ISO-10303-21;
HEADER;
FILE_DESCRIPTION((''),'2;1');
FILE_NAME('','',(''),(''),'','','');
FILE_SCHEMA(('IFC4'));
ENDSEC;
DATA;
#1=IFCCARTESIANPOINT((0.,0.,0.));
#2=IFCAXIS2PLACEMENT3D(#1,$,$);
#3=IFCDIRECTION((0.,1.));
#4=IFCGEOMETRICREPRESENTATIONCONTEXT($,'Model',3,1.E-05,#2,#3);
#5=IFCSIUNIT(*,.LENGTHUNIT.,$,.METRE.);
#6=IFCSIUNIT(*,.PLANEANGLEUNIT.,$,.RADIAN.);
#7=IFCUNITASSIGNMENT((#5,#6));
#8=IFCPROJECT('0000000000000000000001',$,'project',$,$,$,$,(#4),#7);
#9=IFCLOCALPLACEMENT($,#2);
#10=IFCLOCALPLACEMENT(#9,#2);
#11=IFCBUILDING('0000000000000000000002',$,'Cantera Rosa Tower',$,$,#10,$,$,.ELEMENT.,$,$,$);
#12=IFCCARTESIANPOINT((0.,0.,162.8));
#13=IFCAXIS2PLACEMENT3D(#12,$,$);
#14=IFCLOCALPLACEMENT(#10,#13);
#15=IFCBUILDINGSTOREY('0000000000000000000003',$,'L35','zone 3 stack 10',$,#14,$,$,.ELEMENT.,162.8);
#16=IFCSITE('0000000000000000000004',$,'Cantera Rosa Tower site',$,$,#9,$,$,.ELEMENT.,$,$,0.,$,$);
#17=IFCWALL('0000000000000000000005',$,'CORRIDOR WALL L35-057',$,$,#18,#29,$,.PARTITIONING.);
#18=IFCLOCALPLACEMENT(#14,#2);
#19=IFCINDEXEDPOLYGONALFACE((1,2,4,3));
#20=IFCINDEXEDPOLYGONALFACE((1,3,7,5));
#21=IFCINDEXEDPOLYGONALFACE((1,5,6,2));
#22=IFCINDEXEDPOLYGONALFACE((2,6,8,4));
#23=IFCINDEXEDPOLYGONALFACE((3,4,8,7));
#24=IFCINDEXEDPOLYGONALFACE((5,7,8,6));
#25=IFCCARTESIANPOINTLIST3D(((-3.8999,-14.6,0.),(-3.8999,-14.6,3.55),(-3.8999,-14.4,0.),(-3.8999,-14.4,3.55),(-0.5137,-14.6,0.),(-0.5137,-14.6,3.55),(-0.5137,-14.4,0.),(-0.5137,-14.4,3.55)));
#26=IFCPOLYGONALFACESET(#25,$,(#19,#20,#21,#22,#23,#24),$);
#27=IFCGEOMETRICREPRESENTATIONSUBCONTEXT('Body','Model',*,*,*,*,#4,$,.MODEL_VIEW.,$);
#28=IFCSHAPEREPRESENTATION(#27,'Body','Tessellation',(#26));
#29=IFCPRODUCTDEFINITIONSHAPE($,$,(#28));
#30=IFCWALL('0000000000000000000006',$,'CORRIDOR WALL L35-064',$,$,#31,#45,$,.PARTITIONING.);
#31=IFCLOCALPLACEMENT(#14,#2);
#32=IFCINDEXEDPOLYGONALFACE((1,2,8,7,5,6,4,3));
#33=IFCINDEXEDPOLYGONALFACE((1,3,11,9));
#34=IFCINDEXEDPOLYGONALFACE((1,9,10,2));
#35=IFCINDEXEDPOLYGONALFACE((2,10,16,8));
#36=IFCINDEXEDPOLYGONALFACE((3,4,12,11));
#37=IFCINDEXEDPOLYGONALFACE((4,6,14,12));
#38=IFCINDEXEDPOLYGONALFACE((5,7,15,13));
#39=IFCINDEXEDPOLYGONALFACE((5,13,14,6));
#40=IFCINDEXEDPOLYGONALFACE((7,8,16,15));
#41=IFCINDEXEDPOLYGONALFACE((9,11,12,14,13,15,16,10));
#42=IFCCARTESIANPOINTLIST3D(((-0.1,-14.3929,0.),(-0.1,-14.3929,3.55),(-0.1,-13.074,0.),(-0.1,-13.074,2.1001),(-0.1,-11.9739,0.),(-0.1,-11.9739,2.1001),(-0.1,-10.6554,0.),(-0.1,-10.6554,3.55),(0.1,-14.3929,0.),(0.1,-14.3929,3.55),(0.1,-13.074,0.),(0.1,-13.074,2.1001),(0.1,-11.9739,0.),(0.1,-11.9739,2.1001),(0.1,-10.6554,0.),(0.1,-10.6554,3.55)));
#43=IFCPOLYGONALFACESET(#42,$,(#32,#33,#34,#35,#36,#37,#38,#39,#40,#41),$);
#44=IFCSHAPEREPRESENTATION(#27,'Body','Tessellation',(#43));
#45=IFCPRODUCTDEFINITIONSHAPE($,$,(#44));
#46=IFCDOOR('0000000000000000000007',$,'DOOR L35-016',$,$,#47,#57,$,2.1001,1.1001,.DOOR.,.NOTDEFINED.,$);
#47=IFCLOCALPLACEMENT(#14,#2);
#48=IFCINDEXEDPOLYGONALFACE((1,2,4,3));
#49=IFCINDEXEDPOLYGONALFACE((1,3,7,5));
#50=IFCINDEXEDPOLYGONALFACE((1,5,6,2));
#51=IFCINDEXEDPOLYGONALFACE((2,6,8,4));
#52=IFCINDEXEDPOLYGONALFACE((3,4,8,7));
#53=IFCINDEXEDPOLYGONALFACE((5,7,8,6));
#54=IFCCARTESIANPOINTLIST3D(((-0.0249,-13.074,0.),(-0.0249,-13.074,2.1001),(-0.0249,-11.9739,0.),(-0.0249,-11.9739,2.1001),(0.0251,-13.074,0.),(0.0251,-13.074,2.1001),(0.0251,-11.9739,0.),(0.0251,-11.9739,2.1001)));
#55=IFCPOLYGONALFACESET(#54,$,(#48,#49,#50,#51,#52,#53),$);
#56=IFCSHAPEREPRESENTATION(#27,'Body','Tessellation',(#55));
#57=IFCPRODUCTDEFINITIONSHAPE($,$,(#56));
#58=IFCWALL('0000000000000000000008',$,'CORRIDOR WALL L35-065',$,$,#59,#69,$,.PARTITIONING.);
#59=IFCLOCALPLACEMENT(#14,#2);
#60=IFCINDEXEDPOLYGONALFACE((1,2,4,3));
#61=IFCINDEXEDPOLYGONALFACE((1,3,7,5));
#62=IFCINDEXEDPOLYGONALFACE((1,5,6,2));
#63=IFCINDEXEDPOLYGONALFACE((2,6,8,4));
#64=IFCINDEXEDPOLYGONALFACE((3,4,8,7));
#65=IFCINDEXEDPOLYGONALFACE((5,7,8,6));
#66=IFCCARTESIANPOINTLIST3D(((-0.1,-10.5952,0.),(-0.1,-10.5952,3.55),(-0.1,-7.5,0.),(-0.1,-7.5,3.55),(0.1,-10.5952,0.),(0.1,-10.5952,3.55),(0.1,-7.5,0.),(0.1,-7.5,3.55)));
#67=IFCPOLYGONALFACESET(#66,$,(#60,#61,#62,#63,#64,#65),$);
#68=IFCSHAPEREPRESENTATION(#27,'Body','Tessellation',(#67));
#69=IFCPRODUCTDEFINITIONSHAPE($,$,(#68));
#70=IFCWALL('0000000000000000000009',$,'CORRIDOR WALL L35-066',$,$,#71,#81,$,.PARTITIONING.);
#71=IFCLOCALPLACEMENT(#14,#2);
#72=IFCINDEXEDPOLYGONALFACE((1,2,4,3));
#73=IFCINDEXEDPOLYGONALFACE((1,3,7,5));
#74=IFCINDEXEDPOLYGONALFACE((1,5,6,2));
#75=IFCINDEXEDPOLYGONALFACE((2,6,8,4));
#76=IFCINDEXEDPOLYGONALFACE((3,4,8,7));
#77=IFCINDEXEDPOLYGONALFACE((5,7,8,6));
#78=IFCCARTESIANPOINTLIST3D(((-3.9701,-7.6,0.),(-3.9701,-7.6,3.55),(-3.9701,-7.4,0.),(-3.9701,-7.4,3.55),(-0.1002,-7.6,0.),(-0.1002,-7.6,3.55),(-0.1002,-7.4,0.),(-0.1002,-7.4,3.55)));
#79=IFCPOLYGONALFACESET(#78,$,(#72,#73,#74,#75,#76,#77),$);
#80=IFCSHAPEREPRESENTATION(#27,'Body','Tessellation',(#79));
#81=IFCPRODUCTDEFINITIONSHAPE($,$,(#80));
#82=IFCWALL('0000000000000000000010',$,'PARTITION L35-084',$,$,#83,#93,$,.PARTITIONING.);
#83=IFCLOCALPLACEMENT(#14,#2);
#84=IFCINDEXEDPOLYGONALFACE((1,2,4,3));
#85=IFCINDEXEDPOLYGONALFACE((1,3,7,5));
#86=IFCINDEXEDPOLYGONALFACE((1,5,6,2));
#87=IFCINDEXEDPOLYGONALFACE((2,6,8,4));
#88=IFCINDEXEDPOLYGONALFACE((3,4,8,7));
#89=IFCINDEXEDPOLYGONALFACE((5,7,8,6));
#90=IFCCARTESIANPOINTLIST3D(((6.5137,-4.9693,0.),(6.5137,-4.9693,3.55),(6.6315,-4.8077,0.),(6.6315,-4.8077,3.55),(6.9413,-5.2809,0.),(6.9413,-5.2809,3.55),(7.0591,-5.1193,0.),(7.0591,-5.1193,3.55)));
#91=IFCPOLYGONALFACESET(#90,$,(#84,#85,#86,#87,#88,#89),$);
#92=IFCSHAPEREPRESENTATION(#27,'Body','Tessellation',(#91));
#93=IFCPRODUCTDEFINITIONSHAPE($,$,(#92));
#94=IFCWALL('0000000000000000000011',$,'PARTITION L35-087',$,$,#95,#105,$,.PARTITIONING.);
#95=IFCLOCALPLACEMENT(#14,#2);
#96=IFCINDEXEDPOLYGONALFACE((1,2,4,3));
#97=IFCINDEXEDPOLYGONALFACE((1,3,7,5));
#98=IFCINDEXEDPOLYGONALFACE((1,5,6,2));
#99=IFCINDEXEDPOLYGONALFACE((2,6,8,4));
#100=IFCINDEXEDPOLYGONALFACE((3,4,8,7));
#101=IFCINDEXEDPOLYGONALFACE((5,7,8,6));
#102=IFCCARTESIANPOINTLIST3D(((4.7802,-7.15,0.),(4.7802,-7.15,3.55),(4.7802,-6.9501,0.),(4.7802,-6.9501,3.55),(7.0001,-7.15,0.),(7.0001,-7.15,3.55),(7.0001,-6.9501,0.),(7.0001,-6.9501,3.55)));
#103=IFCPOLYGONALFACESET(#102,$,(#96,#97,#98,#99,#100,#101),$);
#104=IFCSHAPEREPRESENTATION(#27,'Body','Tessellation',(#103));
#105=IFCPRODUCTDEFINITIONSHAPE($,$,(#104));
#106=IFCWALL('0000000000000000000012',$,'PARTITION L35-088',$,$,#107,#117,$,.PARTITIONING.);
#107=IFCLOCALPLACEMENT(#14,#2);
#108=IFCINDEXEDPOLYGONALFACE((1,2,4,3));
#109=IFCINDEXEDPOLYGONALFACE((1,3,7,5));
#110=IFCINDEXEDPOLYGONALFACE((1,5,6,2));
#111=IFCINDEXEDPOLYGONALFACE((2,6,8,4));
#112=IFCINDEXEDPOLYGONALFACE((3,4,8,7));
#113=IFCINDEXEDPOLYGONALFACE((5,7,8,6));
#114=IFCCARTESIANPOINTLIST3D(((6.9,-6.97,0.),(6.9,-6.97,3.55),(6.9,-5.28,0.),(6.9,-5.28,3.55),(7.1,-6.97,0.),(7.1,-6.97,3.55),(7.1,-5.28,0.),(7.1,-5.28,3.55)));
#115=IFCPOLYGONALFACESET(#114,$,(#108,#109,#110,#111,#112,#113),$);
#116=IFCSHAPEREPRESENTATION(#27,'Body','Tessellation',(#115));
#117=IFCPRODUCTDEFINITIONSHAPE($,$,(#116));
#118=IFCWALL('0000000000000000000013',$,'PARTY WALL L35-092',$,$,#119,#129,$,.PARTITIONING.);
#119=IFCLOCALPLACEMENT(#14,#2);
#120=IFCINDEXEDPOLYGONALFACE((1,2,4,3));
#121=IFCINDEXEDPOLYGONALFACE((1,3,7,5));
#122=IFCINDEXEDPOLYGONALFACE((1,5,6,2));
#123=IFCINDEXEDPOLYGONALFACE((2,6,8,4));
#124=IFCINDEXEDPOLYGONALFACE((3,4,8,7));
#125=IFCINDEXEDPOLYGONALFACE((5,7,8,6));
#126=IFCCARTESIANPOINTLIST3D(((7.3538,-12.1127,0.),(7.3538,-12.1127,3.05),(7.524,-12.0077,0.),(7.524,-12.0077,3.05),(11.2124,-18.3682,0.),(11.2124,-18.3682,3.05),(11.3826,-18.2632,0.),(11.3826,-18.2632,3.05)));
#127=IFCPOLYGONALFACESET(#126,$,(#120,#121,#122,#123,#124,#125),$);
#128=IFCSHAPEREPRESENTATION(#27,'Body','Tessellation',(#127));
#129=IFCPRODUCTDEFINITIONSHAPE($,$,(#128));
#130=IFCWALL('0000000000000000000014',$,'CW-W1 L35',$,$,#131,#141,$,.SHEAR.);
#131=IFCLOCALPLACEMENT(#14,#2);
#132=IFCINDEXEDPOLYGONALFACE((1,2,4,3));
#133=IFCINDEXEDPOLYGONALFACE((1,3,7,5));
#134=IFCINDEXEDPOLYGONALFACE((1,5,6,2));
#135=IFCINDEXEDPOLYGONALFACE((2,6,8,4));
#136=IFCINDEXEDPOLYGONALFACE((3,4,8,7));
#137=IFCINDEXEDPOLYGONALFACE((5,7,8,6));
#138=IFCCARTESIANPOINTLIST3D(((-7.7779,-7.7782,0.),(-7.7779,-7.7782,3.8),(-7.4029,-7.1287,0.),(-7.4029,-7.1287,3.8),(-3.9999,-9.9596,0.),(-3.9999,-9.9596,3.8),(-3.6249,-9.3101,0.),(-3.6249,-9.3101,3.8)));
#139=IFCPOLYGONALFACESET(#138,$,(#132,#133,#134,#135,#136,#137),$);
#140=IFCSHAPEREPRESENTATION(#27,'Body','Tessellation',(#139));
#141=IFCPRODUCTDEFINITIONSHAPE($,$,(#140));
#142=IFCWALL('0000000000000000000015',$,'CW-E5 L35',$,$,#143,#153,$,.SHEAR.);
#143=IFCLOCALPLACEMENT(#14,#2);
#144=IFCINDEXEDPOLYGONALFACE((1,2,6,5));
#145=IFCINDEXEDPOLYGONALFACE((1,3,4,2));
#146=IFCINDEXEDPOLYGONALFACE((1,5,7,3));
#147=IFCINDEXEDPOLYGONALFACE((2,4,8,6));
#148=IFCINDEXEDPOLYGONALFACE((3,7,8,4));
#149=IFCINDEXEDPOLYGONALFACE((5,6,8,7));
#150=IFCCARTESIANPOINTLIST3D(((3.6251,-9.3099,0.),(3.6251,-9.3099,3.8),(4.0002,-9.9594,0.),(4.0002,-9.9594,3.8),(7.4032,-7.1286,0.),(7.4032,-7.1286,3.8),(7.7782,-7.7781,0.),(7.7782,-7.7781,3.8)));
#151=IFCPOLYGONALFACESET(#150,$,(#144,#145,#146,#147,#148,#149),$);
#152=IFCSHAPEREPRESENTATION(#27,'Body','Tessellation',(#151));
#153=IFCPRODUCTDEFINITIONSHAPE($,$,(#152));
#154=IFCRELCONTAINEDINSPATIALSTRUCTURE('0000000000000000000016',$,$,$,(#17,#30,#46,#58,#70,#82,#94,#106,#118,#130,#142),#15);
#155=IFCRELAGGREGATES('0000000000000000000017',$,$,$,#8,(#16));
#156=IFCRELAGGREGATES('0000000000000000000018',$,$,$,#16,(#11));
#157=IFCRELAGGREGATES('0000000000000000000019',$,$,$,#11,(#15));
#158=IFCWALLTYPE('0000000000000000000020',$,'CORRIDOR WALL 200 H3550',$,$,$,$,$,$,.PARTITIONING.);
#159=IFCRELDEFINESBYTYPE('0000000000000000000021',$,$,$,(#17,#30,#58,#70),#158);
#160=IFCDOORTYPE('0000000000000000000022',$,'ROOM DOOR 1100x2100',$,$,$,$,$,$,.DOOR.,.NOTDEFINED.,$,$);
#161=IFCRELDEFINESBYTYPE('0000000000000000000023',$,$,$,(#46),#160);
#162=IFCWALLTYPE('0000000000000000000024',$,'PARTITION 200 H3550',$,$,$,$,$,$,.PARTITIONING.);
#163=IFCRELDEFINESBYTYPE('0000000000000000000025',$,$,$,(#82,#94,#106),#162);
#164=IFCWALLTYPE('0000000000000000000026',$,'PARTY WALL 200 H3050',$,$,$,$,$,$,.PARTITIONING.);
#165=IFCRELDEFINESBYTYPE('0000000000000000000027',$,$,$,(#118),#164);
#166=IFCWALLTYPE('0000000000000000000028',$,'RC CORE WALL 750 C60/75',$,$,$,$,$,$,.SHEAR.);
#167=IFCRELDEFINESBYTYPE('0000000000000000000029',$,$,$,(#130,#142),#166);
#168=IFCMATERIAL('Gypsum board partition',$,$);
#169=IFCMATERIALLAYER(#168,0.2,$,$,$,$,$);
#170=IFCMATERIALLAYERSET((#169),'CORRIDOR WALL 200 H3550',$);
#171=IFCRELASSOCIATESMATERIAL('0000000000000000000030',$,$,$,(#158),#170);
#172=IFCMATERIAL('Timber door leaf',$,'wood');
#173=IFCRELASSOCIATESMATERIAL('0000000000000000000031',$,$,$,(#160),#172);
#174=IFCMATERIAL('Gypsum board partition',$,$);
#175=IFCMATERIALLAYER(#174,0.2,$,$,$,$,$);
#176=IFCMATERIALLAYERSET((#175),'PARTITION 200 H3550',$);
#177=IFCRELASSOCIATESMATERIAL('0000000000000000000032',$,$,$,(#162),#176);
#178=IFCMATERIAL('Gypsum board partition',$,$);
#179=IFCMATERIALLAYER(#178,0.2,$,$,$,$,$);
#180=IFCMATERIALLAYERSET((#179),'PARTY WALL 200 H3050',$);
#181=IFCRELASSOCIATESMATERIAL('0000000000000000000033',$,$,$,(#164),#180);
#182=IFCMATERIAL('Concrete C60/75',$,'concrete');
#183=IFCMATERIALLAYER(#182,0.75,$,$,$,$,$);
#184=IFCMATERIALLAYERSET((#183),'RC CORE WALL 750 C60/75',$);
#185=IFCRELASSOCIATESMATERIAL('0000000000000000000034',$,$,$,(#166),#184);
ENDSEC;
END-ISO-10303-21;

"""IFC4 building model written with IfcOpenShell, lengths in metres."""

from ifc_helpers import new_model, si_unit, direction, frame, frame_2d, origin, place, context, subcontext, project, spatial, rectangle, extrude, material, layer, layer_set, type_object, element, fill, save


model = new_model("IFC4")

# Units and contexts
model_context = context("Model", 3, precision=1e-05, world=origin(), true_north=direction((0.0, 1.0)))
body_context = subcontext(model_context, "Body", "Model", "MODEL_VIEW")
ifc_project = project(units=[si_unit("LENGTHUNIT", "METRE"), si_unit("PLANEANGLEUNIT", "RADIAN")], contexts=[model_context])

# Site, building, storey
site_placement = place(None, origin())
site = spatial("IfcSite", under=ifc_project, at=site_placement, Name="Cantera Rosa Tower site", CompositionType="ELEMENT", RefElevation=0.0)
building_placement = place(site_placement, origin())
building = spatial("IfcBuilding", under=site, at=building_placement, Name="Cantera Rosa Tower", CompositionType="ELEMENT")
storey_placement = place(building_placement, frame((0.0, 0.0, 162.8)))
storey = spatial("IfcBuildingStorey", under=building, at=storey_placement, Name="L35", Description="zone 3 stack 10", CompositionType="ELEMENT", Elevation=162.8)

# Wall
ifc_material_1 = material(Name="Gypsum board partition")
ifc_layer_1 = layer(ifc_material_1, 0.2)
ifc_layer_set_1 = layer_set([ifc_layer_1], Name="CORRIDOR WALL 200 H3550")
wall_type_1 = type_object("IfcWallType", Name="CORRIDOR WALL 200 H3550", PredefinedType="PARTITIONING", material=ifc_layer_set_1)
wall_1_placement = place(storey_placement, frame((-3.8999, -14.5, 0.0), z_axis=(0.0, 0.0, 1.0), x_axis=(1.0, 0.0, 0.0)))
element("IfcWall", 1, at=wall_1_placement, inside=storey, type_object=wall_type_1, Name="CORRIDOR WALL L35-057", PredefinedType="PARTITIONING", context=body_context, shape_type="SweptSolid", body=[
    extrude(rectangle(XDim=3.3862, YDim=0.2, at=frame_2d((1.6931, 0.0))), origin(), (0.0, 0.0, 1.0), 3.55),
])

# Wall, opening, door
wall_2_placement = place(storey_placement, frame((0.0, -14.3928, 0.0), z_axis=(0.0, 0.0, 1.0), x_axis=(0.0, 1.0, 0.0)))
wall_2 = element("IfcWall", 2, at=wall_2_placement, inside=storey, type_object=wall_type_1, Name="CORRIDOR WALL L35-064", PredefinedType="PARTITIONING", context=body_context, shape_type="SweptSolid", body=[
    extrude(rectangle(XDim=3.7375, YDim=0.2, at=frame_2d((1.8687, 0.0))), origin(), (0.0, 0.0, 1.0), 3.55),
])
opening_1_placement = place(wall_2_placement, frame((1.3188, 0.0, 0.0)))
opening_1 = element("IfcOpeningElement", 3, at=opening_1_placement, cuts=wall_2, PredefinedType="OPENING", context=body_context, shape_type="SweptSolid", body=[
    extrude(rectangle(XDim=1.1001, YDim=2.1001, at=frame_2d((0.55, 1.05))), frame((0.0, 0.1099, 0.0), z_axis=(0.0, -1.0, 0.0), x_axis=(1.0, 0.0, 0.0)), (0.0, 0.0, 1.0), 0.22),
])
ifc_material_2 = material(Name="Timber door leaf", Category="wood")
door_type_1 = type_object("IfcDoorType", Name="ROOM DOOR 1100x2100", OperationType="NOTDEFINED", PredefinedType="DOOR", material=ifc_material_2)
door_1_placement = place(opening_1_placement, origin())
door_1 = element("IfcDoor", 4, at=door_1_placement, inside=storey, type_object=door_type_1, Name="DOOR L35-016", OperationType="NOTDEFINED", OverallHeight=2.1001, OverallWidth=1.1001, PredefinedType="DOOR", context=body_context, shape_type="SweptSolid", body=[
    extrude(rectangle(XDim=1.1001, YDim=2.1001, at=frame_2d((0.55, 1.05))), frame((0.0, 0.0249, 0.0), z_axis=(0.0, -1.0, 0.0), x_axis=(1.0, 0.0, 0.0)), (0.0, 0.0, 1.0), 0.05),
])
fill(opening_1, door_1)

# Walls
wall_3_placement = place(storey_placement, frame((0.0, -10.5952, 0.0), z_axis=(0.0, 0.0, 1.0), x_axis=(0.0, 1.0, 0.0)))
element("IfcWall", 5, at=wall_3_placement, inside=storey, type_object=wall_type_1, Name="CORRIDOR WALL L35-065", PredefinedType="PARTITIONING", context=body_context, shape_type="SweptSolid", body=[
    extrude(rectangle(XDim=3.0952, YDim=0.2, at=frame_2d((1.5476, 0.0))), origin(), (0.0, 0.0, 1.0), 3.55),
])
wall_4_placement = place(storey_placement, frame((-0.1001, -7.5, 0.0), z_axis=(0.0, 0.0, 1.0), x_axis=(-1.0, 0.0, 0.0)))
element("IfcWall", 6, at=wall_4_placement, inside=storey, type_object=wall_type_1, Name="CORRIDOR WALL L35-066", PredefinedType="PARTITIONING", context=body_context, shape_type="SweptSolid", body=[
    extrude(rectangle(XDim=3.8699, YDim=0.2, at=frame_2d((1.9351, 0.0))), origin(), (0.0, 0.0, 1.0), 3.55),
])
ifc_material_3 = material(Name="Gypsum board partition")
ifc_layer_2 = layer(ifc_material_3, 0.2)
ifc_layer_set_2 = layer_set([ifc_layer_2], Name="PARTITION 200 H3550")
wall_type_2 = type_object("IfcWallType", Name="PARTITION 200 H3550", PredefinedType="PARTITIONING", material=ifc_layer_set_2)
wall_5_placement = place(storey_placement, frame((6.5725, -4.8884, 0.0), z_axis=(0.0, 0.0, 1.0), x_axis=(0.808177, -0.58894, 0.0)))
element("IfcWall", 7, at=wall_5_placement, inside=storey, type_object=wall_type_2, Name="PARTITION L35-084", PredefinedType="PARTITIONING", context=body_context, shape_type="SweptSolid", body=[
    extrude(rectangle(XDim=0.5291, YDim=0.2, at=frame_2d((0.2646, 0.0))), origin(), (0.0, 0.0, 1.0), 3.55),
])
wall_6_placement = place(storey_placement, frame((7.0, -7.05, 0.0), z_axis=(0.0, 0.0, 1.0), x_axis=(-1.0, 0.0, 0.0)))
element("IfcWall", 8, at=wall_6_placement, inside=storey, type_object=wall_type_2, Name="PARTITION L35-087", PredefinedType="PARTITIONING", context=body_context, shape_type="SweptSolid", body=[
    extrude(rectangle(XDim=2.22, YDim=0.2, at=frame_2d((1.1099, 0.0))), origin(), (0.0, 0.0, 1.0), 3.55),
])
wall_7_placement = place(storey_placement, frame((7.0, -5.28, 0.0), z_axis=(0.0, 0.0, 1.0), x_axis=(0.0, -1.0, 0.0)))
element("IfcWall", 9, at=wall_7_placement, inside=storey, type_object=wall_type_2, Name="PARTITION L35-088", PredefinedType="PARTITIONING", context=body_context, shape_type="SweptSolid", body=[
    extrude(rectangle(XDim=1.6899, YDim=0.2, at=frame_2d((0.845, 0.0))), origin(), (0.0, 0.0, 1.0), 3.55),
])
ifc_material_4 = material(Name="Gypsum board partition")
ifc_layer_3 = layer(ifc_material_4, 0.2)
ifc_layer_set_3 = layer_set([ifc_layer_3], Name="PARTY WALL 200 H3050")
wall_type_3 = type_object("IfcWallType", Name="PARTY WALL 200 H3050", PredefinedType="PARTITIONING", material=ifc_layer_set_3)
wall_8_placement = place(storey_placement, frame((7.439, -12.0603, 0.0), z_axis=(0.0, 0.0, 1.0), x_axis=(0.524989, -0.851109, 0.0)))
element("IfcWall", 10, at=wall_8_placement, inside=storey, type_object=wall_type_3, Name="PARTY WALL L35-092", PredefinedType="PARTITIONING", context=body_context, shape_type="SweptSolid", body=[
    extrude(rectangle(XDim=7.3499, YDim=0.2, at=frame_2d((3.6748, 0.0))), origin(), (0.0, 0.0, 1.0), 3.05),
])
ifc_material_5 = material(Name="Concrete C60/75", Category="concrete")
ifc_layer_4 = layer(ifc_material_5, 0.75)
ifc_layer_set_4 = layer_set([ifc_layer_4], Name="RC CORE WALL 750 C60/75")
wall_type_4 = type_object("IfcWallType", Name="RC CORE WALL 750 C60/75", PredefinedType="SHEAR", material=ifc_layer_set_4)
for number, where, z_axis, x_axis, name in (
    (11, (-3.8125, -9.6348, 0.0), (0.0, 0.0, 1.0), (-0.866013, 0.500021, 0.0), "CW-W1 L35"),
    (12, (7.5906, -7.4534, 0.0), (0.0, 0.0, 1.0), (-0.866013, -0.500021, 0.0), "CW-E5 L35"),
):
    element("IfcWall", number, at=place(storey_placement, frame(where, z_axis=z_axis, x_axis=x_axis)), inside=storey, type_object=wall_type_4, Name=name, PredefinedType="SHEAR", context=body_context, shape_type="SweptSolid", body=[
        extrude(rectangle(XDim=4.3625, YDim=0.75, at=frame_2d((2.1812, 0.0))), origin(), (0.0, 0.0, 1.0), 3.8),
    ])

save(model, "model.ifc")
